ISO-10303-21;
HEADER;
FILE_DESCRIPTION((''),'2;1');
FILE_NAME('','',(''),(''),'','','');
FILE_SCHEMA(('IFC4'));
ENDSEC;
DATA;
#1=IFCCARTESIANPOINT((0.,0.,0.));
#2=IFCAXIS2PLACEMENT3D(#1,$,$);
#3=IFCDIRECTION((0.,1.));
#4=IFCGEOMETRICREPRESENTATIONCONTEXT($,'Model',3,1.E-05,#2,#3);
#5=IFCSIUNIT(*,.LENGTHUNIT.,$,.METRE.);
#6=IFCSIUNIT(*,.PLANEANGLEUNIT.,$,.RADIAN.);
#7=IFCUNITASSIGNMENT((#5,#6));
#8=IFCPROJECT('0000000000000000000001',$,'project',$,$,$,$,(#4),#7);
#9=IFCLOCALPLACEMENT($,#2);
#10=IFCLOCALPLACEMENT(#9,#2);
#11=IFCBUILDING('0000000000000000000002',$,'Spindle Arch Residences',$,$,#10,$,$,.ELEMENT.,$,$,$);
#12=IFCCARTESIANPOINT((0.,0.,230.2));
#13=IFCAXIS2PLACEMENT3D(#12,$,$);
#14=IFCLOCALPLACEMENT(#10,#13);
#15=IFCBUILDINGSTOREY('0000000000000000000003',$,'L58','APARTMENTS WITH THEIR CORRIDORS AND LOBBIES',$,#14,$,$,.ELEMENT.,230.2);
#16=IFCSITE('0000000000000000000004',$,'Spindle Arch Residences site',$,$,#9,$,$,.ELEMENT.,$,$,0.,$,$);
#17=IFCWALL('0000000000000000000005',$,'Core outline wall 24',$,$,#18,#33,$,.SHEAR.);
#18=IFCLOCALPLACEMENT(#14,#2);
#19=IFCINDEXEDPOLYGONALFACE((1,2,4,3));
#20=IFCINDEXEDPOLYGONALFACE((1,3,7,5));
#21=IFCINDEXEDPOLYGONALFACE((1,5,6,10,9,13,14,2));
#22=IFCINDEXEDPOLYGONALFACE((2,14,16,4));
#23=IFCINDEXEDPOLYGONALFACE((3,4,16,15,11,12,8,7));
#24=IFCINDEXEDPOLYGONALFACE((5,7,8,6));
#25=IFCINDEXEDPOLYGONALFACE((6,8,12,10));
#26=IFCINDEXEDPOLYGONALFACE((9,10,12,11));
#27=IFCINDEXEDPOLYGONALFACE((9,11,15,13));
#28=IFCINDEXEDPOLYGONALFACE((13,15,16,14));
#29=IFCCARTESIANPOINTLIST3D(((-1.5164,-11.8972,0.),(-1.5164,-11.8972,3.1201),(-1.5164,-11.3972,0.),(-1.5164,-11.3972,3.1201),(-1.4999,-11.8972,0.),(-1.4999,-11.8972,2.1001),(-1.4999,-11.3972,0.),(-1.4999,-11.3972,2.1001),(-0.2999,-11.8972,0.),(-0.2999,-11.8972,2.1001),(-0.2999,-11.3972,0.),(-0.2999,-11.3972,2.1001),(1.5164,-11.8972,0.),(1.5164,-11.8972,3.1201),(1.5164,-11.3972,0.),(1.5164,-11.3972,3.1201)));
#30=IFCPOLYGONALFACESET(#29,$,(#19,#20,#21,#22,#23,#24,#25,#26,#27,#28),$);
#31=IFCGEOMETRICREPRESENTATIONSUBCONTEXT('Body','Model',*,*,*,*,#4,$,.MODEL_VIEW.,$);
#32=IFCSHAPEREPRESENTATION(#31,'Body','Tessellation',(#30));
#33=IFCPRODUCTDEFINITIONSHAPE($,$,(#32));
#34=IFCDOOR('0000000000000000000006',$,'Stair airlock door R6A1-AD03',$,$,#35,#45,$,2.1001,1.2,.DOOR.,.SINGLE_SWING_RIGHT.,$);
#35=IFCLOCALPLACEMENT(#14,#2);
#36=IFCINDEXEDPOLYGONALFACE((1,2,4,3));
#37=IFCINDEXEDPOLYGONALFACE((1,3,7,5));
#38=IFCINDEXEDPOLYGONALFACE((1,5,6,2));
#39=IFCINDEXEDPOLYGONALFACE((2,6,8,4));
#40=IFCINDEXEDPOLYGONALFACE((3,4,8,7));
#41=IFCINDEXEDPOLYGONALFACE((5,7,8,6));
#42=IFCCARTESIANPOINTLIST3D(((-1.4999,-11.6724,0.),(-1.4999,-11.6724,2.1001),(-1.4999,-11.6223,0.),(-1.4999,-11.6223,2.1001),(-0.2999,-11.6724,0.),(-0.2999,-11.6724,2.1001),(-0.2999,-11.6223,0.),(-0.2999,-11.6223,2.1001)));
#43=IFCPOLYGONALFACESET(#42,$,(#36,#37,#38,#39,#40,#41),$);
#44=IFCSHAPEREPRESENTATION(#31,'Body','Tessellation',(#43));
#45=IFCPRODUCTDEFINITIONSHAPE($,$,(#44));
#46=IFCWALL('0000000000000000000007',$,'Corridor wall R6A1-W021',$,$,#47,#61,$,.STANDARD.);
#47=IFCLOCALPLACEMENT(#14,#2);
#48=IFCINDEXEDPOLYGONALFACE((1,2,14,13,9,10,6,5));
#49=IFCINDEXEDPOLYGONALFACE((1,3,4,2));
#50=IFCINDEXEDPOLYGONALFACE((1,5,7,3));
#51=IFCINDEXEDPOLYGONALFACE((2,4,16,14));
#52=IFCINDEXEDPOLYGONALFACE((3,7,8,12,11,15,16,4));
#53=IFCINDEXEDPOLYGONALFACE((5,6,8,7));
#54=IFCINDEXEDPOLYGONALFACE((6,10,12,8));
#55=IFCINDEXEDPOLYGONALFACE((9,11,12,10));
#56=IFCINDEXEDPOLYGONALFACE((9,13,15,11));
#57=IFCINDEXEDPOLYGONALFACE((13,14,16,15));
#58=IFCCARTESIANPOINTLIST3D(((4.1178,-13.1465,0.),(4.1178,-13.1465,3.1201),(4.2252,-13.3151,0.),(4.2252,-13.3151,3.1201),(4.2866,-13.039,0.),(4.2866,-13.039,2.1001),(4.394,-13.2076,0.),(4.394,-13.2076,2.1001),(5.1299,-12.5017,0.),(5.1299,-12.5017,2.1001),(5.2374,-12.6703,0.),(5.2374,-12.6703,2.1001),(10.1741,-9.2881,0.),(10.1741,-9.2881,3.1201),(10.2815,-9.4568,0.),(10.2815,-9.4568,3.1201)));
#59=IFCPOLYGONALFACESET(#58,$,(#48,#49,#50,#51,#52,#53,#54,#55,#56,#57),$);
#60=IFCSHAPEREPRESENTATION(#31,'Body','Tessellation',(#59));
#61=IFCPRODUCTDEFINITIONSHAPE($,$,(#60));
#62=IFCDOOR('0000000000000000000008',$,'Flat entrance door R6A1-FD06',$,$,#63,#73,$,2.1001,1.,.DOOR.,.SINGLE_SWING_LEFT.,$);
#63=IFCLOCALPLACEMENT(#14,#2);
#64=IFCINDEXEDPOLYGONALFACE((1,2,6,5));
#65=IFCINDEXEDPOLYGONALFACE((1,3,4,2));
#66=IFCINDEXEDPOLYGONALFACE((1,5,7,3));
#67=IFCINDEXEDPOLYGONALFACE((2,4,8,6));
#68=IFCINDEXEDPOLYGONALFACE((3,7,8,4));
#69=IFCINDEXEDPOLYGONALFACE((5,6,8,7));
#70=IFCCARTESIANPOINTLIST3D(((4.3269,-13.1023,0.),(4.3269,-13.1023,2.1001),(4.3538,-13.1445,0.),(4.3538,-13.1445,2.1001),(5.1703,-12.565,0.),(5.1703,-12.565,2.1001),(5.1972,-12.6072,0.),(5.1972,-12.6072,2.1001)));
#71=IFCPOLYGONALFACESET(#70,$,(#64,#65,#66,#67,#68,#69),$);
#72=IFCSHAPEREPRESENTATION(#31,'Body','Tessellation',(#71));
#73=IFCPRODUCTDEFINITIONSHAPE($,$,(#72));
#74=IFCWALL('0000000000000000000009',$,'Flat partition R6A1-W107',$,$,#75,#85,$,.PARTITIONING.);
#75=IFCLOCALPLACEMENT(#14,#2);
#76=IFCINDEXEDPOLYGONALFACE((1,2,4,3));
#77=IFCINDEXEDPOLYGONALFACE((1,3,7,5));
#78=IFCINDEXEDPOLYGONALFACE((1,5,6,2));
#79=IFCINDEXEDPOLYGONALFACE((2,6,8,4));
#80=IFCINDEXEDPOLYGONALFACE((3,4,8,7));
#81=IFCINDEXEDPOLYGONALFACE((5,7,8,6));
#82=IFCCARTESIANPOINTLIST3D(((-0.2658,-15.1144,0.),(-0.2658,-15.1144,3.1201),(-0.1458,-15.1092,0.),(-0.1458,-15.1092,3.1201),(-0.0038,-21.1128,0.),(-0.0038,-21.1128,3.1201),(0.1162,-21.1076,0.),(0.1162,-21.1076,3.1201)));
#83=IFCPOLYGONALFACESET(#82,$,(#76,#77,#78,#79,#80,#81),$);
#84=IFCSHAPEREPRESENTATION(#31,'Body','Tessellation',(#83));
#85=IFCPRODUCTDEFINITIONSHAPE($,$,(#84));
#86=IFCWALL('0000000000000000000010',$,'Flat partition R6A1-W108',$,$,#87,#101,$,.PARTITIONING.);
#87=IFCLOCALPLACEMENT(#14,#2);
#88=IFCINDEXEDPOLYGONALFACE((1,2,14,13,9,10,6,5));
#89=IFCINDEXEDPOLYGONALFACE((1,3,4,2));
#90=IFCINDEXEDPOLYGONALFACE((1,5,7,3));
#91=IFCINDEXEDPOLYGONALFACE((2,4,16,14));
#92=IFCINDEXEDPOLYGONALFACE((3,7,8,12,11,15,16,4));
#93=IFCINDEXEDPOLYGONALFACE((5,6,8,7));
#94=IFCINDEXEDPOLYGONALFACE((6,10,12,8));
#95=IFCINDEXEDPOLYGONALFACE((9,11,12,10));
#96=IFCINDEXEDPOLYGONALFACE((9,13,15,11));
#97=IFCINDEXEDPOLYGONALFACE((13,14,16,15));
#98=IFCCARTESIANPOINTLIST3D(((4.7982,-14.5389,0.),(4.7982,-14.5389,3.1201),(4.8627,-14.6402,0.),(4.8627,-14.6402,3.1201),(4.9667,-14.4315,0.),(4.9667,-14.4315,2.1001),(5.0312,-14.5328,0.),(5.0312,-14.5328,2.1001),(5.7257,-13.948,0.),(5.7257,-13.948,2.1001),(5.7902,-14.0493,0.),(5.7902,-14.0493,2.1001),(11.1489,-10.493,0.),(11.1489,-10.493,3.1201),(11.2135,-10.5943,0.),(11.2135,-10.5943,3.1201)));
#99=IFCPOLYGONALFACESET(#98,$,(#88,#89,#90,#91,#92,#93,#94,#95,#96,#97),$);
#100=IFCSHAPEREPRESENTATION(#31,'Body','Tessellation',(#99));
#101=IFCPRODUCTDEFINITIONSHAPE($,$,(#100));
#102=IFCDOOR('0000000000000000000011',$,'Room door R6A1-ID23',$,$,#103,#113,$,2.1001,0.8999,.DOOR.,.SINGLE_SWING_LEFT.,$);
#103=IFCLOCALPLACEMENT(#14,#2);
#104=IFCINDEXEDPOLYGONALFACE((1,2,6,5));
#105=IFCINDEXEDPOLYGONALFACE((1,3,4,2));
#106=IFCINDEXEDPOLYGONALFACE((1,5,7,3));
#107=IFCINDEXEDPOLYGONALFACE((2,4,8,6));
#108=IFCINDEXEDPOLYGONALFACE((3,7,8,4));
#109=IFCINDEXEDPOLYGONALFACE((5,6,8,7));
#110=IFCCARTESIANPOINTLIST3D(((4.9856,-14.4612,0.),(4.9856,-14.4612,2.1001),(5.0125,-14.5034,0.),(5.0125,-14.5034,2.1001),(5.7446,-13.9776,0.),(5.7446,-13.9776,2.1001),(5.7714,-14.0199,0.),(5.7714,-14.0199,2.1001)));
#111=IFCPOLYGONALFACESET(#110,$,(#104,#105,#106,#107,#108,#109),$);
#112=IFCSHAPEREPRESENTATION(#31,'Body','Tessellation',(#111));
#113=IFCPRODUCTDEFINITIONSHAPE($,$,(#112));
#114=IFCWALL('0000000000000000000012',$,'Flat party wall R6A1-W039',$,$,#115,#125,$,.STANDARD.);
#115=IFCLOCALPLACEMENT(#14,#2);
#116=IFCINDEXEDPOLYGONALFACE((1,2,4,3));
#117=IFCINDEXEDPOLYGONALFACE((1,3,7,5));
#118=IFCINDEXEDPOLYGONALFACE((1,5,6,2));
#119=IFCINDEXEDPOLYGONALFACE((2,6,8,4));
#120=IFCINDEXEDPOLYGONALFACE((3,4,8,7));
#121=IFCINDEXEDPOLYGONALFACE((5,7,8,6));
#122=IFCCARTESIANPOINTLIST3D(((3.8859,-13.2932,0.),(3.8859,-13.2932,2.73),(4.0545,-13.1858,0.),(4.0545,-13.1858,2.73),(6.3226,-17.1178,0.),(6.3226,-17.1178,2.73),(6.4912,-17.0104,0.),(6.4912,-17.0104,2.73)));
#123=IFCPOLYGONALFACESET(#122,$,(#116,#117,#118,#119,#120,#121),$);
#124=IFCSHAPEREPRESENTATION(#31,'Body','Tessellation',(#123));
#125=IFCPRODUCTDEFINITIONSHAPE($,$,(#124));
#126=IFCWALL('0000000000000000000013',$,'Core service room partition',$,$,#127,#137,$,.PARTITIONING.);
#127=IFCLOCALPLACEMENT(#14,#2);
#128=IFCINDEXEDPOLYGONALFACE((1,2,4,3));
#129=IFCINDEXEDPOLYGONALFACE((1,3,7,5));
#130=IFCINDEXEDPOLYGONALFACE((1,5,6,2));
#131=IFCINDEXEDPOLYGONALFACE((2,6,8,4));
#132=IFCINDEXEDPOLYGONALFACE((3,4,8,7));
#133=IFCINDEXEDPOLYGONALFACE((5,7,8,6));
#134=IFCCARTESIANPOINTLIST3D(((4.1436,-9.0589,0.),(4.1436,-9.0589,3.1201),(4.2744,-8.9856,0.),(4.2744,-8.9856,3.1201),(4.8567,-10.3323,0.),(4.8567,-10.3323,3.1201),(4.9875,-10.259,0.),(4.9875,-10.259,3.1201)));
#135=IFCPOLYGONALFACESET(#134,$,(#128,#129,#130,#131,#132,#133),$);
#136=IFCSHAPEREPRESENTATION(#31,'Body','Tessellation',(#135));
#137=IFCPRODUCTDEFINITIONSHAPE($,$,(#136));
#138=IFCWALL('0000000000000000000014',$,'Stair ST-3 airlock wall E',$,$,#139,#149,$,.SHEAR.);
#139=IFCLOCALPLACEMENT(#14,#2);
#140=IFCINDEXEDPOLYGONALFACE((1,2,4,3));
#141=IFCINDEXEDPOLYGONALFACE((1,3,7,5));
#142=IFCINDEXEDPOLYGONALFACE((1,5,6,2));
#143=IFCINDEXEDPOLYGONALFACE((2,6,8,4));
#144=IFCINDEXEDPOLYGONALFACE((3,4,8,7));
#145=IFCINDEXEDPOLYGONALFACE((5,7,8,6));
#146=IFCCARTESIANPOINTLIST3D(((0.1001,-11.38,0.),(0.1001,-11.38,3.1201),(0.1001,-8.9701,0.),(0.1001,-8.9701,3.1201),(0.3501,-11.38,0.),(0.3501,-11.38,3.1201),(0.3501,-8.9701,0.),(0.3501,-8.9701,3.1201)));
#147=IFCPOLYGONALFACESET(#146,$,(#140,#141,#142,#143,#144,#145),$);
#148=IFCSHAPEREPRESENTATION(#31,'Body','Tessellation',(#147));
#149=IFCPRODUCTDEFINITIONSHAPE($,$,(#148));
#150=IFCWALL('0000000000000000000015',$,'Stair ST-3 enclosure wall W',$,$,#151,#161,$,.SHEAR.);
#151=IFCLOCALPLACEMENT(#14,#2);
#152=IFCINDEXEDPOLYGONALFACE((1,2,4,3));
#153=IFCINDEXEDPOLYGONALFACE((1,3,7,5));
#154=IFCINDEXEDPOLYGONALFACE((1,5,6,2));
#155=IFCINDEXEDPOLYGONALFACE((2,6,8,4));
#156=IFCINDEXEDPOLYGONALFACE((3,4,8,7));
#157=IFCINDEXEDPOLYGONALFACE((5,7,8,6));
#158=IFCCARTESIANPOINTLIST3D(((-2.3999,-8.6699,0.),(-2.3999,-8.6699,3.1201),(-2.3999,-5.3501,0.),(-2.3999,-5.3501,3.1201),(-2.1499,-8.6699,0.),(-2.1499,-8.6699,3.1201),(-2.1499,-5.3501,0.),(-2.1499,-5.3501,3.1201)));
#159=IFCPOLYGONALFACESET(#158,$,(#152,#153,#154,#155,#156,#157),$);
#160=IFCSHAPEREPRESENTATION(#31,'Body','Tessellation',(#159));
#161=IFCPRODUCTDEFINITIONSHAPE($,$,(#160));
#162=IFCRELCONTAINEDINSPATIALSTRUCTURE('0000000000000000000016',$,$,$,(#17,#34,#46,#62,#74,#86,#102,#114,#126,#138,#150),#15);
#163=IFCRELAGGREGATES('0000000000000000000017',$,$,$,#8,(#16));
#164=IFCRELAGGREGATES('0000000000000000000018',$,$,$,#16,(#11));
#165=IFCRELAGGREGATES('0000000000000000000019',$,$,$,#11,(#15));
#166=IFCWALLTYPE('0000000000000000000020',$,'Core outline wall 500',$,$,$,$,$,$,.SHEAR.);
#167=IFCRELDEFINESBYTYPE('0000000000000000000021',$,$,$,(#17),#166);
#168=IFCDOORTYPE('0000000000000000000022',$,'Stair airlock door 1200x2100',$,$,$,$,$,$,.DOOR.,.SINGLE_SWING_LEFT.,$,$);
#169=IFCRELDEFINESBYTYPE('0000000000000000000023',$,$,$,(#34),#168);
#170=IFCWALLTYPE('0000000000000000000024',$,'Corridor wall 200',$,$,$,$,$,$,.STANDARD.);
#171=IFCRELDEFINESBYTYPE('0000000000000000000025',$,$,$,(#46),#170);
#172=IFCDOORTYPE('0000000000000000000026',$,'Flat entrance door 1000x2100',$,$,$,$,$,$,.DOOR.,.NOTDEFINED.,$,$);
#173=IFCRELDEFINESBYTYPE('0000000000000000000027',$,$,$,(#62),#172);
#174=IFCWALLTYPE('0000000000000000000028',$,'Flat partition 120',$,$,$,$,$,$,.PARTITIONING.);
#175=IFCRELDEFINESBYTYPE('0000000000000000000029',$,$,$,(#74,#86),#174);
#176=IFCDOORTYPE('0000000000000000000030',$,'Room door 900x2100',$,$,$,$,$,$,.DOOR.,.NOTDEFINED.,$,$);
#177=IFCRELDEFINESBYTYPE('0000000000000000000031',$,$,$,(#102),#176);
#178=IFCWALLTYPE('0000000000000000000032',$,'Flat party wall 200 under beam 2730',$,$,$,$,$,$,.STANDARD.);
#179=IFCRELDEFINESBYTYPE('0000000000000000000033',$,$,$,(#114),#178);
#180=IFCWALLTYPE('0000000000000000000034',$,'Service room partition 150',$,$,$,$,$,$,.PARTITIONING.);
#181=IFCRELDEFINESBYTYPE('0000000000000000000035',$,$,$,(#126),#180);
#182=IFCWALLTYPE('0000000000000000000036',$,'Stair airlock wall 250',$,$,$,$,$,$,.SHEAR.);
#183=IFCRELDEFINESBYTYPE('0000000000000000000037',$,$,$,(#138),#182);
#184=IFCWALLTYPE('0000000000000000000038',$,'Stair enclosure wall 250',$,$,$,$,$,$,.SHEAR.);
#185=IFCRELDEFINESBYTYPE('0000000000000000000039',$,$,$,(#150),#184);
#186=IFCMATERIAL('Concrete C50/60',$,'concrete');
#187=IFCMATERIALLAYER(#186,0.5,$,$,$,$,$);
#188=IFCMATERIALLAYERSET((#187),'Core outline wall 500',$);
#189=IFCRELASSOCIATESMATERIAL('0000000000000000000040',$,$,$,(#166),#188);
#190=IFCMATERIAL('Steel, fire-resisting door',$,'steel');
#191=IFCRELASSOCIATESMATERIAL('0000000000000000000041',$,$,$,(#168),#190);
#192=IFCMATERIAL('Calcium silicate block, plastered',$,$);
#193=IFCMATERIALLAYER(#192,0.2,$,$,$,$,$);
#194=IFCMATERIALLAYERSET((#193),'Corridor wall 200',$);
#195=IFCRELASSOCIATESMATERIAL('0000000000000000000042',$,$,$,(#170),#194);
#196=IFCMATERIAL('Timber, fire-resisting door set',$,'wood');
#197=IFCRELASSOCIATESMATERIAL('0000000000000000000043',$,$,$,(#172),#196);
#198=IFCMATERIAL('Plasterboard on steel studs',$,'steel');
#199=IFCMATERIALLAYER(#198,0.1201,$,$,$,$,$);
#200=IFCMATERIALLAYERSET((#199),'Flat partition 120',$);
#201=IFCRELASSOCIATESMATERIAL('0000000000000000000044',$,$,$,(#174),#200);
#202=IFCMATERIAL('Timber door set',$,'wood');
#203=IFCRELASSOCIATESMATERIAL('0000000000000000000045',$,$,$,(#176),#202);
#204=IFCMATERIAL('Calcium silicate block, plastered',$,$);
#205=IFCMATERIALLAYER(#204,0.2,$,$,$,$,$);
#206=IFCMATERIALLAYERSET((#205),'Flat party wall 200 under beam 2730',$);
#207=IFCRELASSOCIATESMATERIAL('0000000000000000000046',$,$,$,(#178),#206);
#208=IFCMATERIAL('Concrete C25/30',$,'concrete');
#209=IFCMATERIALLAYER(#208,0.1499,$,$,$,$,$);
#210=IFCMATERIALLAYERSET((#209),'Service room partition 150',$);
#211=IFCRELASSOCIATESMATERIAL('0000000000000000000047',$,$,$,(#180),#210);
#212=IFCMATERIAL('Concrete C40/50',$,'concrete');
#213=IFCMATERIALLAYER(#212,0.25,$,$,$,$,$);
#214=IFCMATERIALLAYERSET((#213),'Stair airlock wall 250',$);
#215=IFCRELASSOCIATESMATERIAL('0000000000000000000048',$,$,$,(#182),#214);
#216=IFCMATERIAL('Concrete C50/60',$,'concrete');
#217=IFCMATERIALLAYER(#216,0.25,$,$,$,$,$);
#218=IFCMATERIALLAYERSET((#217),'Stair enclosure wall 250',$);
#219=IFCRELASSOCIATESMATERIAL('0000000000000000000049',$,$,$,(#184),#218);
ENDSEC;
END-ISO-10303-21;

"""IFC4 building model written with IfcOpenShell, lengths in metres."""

from ifc_helpers import new_model, si_unit, direction, frame, frame_2d, origin, place, context, subcontext, project, spatial, rectangle, extrude, material, layer, layer_set, type_object, element, fill, save


model = new_model("IFC4")

# Units and contexts
model_context = context("Model", 3, precision=1e-05, world=origin(), true_north=direction((0.0, 1.0)))
body_context = subcontext(model_context, "Body", "Model", "MODEL_VIEW")
ifc_project = project(units=[si_unit("LENGTHUNIT", "METRE"), si_unit("PLANEANGLEUNIT", "RADIAN")], contexts=[model_context])

# Site, building, storey
site_placement = place(None, origin())
site = spatial("IfcSite", under=ifc_project, at=site_placement, Name="Spindle Arch Residences site", CompositionType="ELEMENT", RefElevation=0.0)
building_placement = place(site_placement, origin())
building = spatial("IfcBuilding", under=site, at=building_placement, Name="Spindle Arch Residences", CompositionType="ELEMENT")
storey_placement = place(building_placement, frame((0.0, 0.0, 230.2)))
storey = spatial("IfcBuildingStorey", under=building, at=storey_placement, Name="L58", Description="APARTMENTS WITH THEIR CORRIDORS AND LOBBIES", CompositionType="ELEMENT", Elevation=230.2)

# Shared definitions
ifc_material_1 = material(Name="Concrete C50/60", Category="concrete")
ifc_layer_1 = layer(ifc_material_1, 0.5)
ifc_layer_set_1 = layer_set([ifc_layer_1], Name="Core outline wall 500")
wall_type_1 = type_object("IfcWallType", Name="Core outline wall 500", PredefinedType="SHEAR", material=ifc_layer_set_1)

# Walls, openings, doors
wall_1_placement = place(storey_placement, frame((-1.5164, -11.6472, 0.0), z_axis=(0.0, 0.0, 1.0), x_axis=(1.0, 0.0, 0.0)))
wall_1 = element("IfcWall", 1, at=wall_1_placement, inside=storey, type_object=wall_type_1, Name="Core outline wall 24", PredefinedType="SHEAR", context=body_context, shape_type="SweptSolid", body=[
    extrude(rectangle(XDim=3.0327, YDim=0.5, at=frame_2d((1.5164, 0.0))), origin(), (0.0, 0.0, 1.0), 3.1201),
])
opening_1_placement = place(wall_1_placement, frame((0.0164, 0.0, 0.0)))
opening_1 = element("IfcOpeningElement", 2, at=opening_1_placement, cuts=wall_1, PredefinedType="OPENING", context=body_context, shape_type="SweptSolid", body=[
    extrude(rectangle(XDim=1.2, YDim=2.1001, at=frame_2d((0.6001, 1.05))), frame((0.0, 0.26, 0.0), z_axis=(0.0, -1.0, 0.0), x_axis=(1.0, 0.0, 0.0)), (0.0, 0.0, 1.0), 0.52),
])
ifc_material_2 = material(Name="Steel, fire-resisting door", Category="steel")
door_type_1 = type_object("IfcDoorType", Name="Stair airlock door 1200x2100", OperationType="SINGLE_SWING_LEFT", PredefinedType="DOOR", material=ifc_material_2)
door_1_placement = place(opening_1_placement, origin())
door_1 = element("IfcDoor", 3, at=door_1_placement, inside=storey, type_object=door_type_1, Name="Stair airlock door R6A1-AD03", OperationType="SINGLE_SWING_RIGHT", OverallHeight=2.1001, OverallWidth=1.2, PredefinedType="DOOR", context=body_context, shape_type="SweptSolid", body=[
    extrude(rectangle(XDim=1.2, YDim=2.1001, at=frame_2d((0.6001, 1.05))), frame((0.0, 0.0249, 0.0), z_axis=(0.0, -1.0, 0.0), x_axis=(1.0, 0.0, 0.0)), (0.0, 0.0, 1.0), 0.05),
])
fill(opening_1, door_1)
ifc_material_3 = material(Name="Calcium silicate block, plastered")
ifc_layer_2 = layer(ifc_material_3, 0.2)
ifc_layer_set_2 = layer_set([ifc_layer_2], Name="Corridor wall 200")
wall_type_2 = type_object("IfcWallType", Name="Corridor wall 200", PredefinedType="STANDARD", material=ifc_layer_set_2)
wall_2_placement = place(storey_placement, frame((4.1716, -13.2307, 0.0), z_axis=(0.0, 0.0, 1.0), x_axis=(0.843388, 0.537304, 0.0)))
wall_2 = element("IfcWall", 4, at=wall_2_placement, inside=storey, type_object=wall_type_2, Name="Corridor wall R6A1-W021", PredefinedType="STANDARD", context=body_context, shape_type="SweptSolid", body=[
    extrude(rectangle(XDim=7.1809, YDim=0.2, at=frame_2d((3.5903, 0.0))), origin(), (0.0, 0.0, 1.0), 3.1201),
])
opening_2_placement = place(wall_2_placement, frame((0.2, 0.0, 0.0)))
opening_2 = element("IfcOpeningElement", 5, at=opening_2_placement, cuts=wall_2, PredefinedType="OPENING", context=body_context, shape_type="SweptSolid", body=[
    extrude(rectangle(XDim=1.0, YDim=2.1001, at=frame_2d((0.5, 1.05))), frame((0.0, 0.1099, 0.0), z_axis=(0.0, -1.0, 0.0), x_axis=(1.0, 0.0, 0.0)), (0.0, 0.0, 1.0), 0.22),
])
ifc_material_4 = material(Name="Timber, fire-resisting door set", Category="wood")
door_type_2 = type_object("IfcDoorType", Name="Flat entrance door 1000x2100", OperationType="NOTDEFINED", PredefinedType="DOOR", material=ifc_material_4)
door_2_placement = place(opening_2_placement, origin())
door_2 = element("IfcDoor", 6, at=door_2_placement, inside=storey, type_object=door_type_2, Name="Flat entrance door R6A1-FD06", OperationType="SINGLE_SWING_LEFT", OverallHeight=2.1001, OverallWidth=1.0, PredefinedType="DOOR", context=body_context, shape_type="SweptSolid", body=[
    extrude(rectangle(XDim=1.0, YDim=2.1001, at=frame_2d((0.5, 1.05))), frame((0.0, 0.0249, 0.0), z_axis=(0.0, -1.0, 0.0), x_axis=(1.0, 0.0, 0.0)), (0.0, 0.0, 1.0), 0.05),
])
fill(opening_2, door_2)

# Wall
ifc_material_5 = material(Name="Plasterboard on steel studs", Category="steel")
ifc_layer_3 = layer(ifc_material_5, 0.1201)
ifc_layer_set_3 = layer_set([ifc_layer_3], Name="Flat partition 120")
wall_type_3 = type_object("IfcWallType", Name="Flat partition 120", PredefinedType="PARTITIONING", material=ifc_layer_set_3)
wall_3_placement = place(storey_placement, frame((0.0562, -21.1101, 0.0), z_axis=(0.0, 0.0, 1.0), x_axis=(-0.04363, 0.999048, 0.0)))
element("IfcWall", 7, at=wall_3_placement, inside=storey, type_object=wall_type_3, Name="Flat partition R6A1-W107", PredefinedType="PARTITIONING", context=body_context, shape_type="SweptSolid", body=[
    extrude(rectangle(XDim=6.0042, YDim=0.1201, at=frame_2d((3.002, 0.0))), origin(), (0.0, 0.0, 1.0), 3.1201),
])

# Wall, opening, door
wall_4_placement = place(storey_placement, frame((4.8303, -14.5896, 0.0), z_axis=(0.0, 0.0, 1.0), x_axis=(0.843393, 0.537297, 0.0)))
wall_4 = element("IfcWall", 8, at=wall_4_placement, inside=storey, type_object=wall_type_3, Name="Flat partition R6A1-W108", PredefinedType="PARTITIONING", context=body_context, shape_type="SweptSolid", body=[
    extrude(rectangle(XDim=7.53, YDim=0.1201, at=frame_2d((3.7651, 0.0))), origin(), (0.0, 0.0, 1.0), 3.1201),
])
opening_3_placement = place(wall_4_placement, frame((0.2, 0.0, 0.0)))
opening_3 = element("IfcOpeningElement", 9, at=opening_3_placement, cuts=wall_4, PredefinedType="OPENING", context=body_context, shape_type="SweptSolid", body=[
    extrude(rectangle(XDim=0.8999, YDim=2.1001, at=frame_2d((0.45, 1.05))), frame((0.0, 0.0701, 0.0), z_axis=(0.0, -1.0, 0.0), x_axis=(1.0, 0.0, 0.0)), (0.0, 0.0, 1.0), 0.1401),
])
ifc_material_6 = material(Name="Timber door set", Category="wood")
door_type_3 = type_object("IfcDoorType", Name="Room door 900x2100", OperationType="NOTDEFINED", PredefinedType="DOOR", material=ifc_material_6)
door_3_placement = place(opening_3_placement, origin())
door_3 = element("IfcDoor", 10, at=door_3_placement, inside=storey, type_object=door_type_3, Name="Room door R6A1-ID23", OperationType="SINGLE_SWING_LEFT", OverallHeight=2.1001, OverallWidth=0.8999, PredefinedType="DOOR", context=body_context, shape_type="SweptSolid", body=[
    extrude(rectangle(XDim=0.8999, YDim=2.1001, at=frame_2d((0.45, 1.05))), frame((0.0, 0.0249, 0.0), z_axis=(0.0, -1.0, 0.0), x_axis=(1.0, 0.0, 0.0)), (0.0, 0.0, 1.0), 0.05),
])
fill(opening_3, door_3)

# Walls
ifc_material_7 = material(Name="Calcium silicate block, plastered")
ifc_layer_4 = layer(ifc_material_7, 0.2)
ifc_layer_set_4 = layer_set([ifc_layer_4], Name="Flat party wall 200 under beam 2730")
wall_type_4 = type_object("IfcWallType", Name="Flat party wall 200 under beam 2730", PredefinedType="STANDARD", material=ifc_layer_set_4)
wall_5_placement = place(storey_placement, frame((6.407, -17.0642, 0.0), z_axis=(0.0, 0.0, 1.0), x_axis=(-0.537325, 0.843375, 0.0)))
element("IfcWall", 11, at=wall_5_placement, inside=storey, type_object=wall_type_4, Name="Flat party wall R6A1-W039", PredefinedType="STANDARD", context=body_context, shape_type="SweptSolid", body=[
    extrude(rectangle(XDim=4.5349, YDim=0.2, at=frame_2d((2.2676, 0.0))), origin(), (0.0, 0.0, 1.0), 2.73),
])
ifc_material_8 = material(Name="Concrete C25/30", Category="concrete")
ifc_layer_5 = layer(ifc_material_8, 0.1499)
ifc_layer_set_5 = layer_set([ifc_layer_5], Name="Service room partition 150")
wall_type_5 = type_object("IfcWallType", Name="Service room partition 150", PredefinedType="PARTITIONING", material=ifc_layer_set_5)
wall_6_placement = place(storey_placement, frame((4.9221, -10.2957, 0.0), z_axis=(0.0, 0.0, 1.0), x_axis=(-0.488608, 0.872503, 0.0)))
element("IfcWall", 12, at=wall_6_placement, inside=storey, type_object=wall_type_5, Name="Core service room partition", PredefinedType="PARTITIONING", context=body_context, shape_type="SweptSolid", body=[
    extrude(rectangle(XDim=1.4595, YDim=0.1499, at=frame_2d((0.7297, 0.0))), origin(), (0.0, 0.0, 1.0), 3.1201),
])
ifc_material_9 = material(Name="Concrete C40/50", Category="concrete")
ifc_layer_6 = layer(ifc_material_9, 0.25)
ifc_layer_set_6 = layer_set([ifc_layer_6], Name="Stair airlock wall 250")
wall_type_6 = type_object("IfcWallType", Name="Stair airlock wall 250", PredefinedType="SHEAR", material=ifc_layer_set_6)
wall_7_placement = place(storey_placement, frame((0.2251, -8.97, 0.0), z_axis=(0.0, 0.0, 1.0), x_axis=(0.0, -1.0, 0.0)))
element("IfcWall", 13, at=wall_7_placement, inside=storey, type_object=wall_type_6, Name="Stair ST-3 airlock wall E", PredefinedType="SHEAR", context=body_context, shape_type="SweptSolid", body=[
    extrude(rectangle(XDim=2.4099, YDim=0.25, at=frame_2d((1.2051, 0.0))), origin(), (0.0, 0.0, 1.0), 3.1201),
])
ifc_material_10 = material(Name="Concrete C50/60", Category="concrete")
ifc_layer_7 = layer(ifc_material_10, 0.25)
ifc_layer_set_7 = layer_set([ifc_layer_7], Name="Stair enclosure wall 250")
wall_type_7 = type_object("IfcWallType", Name="Stair enclosure wall 250", PredefinedType="SHEAR", material=ifc_layer_set_7)
wall_8_placement = place(storey_placement, frame((-2.2749, -8.6699, 0.0), z_axis=(0.0, 0.0, 1.0), x_axis=(0.0, 1.0, 0.0)))
element("IfcWall", 14, at=wall_8_placement, inside=storey, type_object=wall_type_7, Name="Stair ST-3 enclosure wall W", PredefinedType="SHEAR", context=body_context, shape_type="SweptSolid", body=[
    extrude(rectangle(XDim=3.3198, YDim=0.25, at=frame_2d((1.6599, 0.0))), origin(), (0.0, 0.0, 1.0), 3.1201),
])

save(model, "model.ifc")
